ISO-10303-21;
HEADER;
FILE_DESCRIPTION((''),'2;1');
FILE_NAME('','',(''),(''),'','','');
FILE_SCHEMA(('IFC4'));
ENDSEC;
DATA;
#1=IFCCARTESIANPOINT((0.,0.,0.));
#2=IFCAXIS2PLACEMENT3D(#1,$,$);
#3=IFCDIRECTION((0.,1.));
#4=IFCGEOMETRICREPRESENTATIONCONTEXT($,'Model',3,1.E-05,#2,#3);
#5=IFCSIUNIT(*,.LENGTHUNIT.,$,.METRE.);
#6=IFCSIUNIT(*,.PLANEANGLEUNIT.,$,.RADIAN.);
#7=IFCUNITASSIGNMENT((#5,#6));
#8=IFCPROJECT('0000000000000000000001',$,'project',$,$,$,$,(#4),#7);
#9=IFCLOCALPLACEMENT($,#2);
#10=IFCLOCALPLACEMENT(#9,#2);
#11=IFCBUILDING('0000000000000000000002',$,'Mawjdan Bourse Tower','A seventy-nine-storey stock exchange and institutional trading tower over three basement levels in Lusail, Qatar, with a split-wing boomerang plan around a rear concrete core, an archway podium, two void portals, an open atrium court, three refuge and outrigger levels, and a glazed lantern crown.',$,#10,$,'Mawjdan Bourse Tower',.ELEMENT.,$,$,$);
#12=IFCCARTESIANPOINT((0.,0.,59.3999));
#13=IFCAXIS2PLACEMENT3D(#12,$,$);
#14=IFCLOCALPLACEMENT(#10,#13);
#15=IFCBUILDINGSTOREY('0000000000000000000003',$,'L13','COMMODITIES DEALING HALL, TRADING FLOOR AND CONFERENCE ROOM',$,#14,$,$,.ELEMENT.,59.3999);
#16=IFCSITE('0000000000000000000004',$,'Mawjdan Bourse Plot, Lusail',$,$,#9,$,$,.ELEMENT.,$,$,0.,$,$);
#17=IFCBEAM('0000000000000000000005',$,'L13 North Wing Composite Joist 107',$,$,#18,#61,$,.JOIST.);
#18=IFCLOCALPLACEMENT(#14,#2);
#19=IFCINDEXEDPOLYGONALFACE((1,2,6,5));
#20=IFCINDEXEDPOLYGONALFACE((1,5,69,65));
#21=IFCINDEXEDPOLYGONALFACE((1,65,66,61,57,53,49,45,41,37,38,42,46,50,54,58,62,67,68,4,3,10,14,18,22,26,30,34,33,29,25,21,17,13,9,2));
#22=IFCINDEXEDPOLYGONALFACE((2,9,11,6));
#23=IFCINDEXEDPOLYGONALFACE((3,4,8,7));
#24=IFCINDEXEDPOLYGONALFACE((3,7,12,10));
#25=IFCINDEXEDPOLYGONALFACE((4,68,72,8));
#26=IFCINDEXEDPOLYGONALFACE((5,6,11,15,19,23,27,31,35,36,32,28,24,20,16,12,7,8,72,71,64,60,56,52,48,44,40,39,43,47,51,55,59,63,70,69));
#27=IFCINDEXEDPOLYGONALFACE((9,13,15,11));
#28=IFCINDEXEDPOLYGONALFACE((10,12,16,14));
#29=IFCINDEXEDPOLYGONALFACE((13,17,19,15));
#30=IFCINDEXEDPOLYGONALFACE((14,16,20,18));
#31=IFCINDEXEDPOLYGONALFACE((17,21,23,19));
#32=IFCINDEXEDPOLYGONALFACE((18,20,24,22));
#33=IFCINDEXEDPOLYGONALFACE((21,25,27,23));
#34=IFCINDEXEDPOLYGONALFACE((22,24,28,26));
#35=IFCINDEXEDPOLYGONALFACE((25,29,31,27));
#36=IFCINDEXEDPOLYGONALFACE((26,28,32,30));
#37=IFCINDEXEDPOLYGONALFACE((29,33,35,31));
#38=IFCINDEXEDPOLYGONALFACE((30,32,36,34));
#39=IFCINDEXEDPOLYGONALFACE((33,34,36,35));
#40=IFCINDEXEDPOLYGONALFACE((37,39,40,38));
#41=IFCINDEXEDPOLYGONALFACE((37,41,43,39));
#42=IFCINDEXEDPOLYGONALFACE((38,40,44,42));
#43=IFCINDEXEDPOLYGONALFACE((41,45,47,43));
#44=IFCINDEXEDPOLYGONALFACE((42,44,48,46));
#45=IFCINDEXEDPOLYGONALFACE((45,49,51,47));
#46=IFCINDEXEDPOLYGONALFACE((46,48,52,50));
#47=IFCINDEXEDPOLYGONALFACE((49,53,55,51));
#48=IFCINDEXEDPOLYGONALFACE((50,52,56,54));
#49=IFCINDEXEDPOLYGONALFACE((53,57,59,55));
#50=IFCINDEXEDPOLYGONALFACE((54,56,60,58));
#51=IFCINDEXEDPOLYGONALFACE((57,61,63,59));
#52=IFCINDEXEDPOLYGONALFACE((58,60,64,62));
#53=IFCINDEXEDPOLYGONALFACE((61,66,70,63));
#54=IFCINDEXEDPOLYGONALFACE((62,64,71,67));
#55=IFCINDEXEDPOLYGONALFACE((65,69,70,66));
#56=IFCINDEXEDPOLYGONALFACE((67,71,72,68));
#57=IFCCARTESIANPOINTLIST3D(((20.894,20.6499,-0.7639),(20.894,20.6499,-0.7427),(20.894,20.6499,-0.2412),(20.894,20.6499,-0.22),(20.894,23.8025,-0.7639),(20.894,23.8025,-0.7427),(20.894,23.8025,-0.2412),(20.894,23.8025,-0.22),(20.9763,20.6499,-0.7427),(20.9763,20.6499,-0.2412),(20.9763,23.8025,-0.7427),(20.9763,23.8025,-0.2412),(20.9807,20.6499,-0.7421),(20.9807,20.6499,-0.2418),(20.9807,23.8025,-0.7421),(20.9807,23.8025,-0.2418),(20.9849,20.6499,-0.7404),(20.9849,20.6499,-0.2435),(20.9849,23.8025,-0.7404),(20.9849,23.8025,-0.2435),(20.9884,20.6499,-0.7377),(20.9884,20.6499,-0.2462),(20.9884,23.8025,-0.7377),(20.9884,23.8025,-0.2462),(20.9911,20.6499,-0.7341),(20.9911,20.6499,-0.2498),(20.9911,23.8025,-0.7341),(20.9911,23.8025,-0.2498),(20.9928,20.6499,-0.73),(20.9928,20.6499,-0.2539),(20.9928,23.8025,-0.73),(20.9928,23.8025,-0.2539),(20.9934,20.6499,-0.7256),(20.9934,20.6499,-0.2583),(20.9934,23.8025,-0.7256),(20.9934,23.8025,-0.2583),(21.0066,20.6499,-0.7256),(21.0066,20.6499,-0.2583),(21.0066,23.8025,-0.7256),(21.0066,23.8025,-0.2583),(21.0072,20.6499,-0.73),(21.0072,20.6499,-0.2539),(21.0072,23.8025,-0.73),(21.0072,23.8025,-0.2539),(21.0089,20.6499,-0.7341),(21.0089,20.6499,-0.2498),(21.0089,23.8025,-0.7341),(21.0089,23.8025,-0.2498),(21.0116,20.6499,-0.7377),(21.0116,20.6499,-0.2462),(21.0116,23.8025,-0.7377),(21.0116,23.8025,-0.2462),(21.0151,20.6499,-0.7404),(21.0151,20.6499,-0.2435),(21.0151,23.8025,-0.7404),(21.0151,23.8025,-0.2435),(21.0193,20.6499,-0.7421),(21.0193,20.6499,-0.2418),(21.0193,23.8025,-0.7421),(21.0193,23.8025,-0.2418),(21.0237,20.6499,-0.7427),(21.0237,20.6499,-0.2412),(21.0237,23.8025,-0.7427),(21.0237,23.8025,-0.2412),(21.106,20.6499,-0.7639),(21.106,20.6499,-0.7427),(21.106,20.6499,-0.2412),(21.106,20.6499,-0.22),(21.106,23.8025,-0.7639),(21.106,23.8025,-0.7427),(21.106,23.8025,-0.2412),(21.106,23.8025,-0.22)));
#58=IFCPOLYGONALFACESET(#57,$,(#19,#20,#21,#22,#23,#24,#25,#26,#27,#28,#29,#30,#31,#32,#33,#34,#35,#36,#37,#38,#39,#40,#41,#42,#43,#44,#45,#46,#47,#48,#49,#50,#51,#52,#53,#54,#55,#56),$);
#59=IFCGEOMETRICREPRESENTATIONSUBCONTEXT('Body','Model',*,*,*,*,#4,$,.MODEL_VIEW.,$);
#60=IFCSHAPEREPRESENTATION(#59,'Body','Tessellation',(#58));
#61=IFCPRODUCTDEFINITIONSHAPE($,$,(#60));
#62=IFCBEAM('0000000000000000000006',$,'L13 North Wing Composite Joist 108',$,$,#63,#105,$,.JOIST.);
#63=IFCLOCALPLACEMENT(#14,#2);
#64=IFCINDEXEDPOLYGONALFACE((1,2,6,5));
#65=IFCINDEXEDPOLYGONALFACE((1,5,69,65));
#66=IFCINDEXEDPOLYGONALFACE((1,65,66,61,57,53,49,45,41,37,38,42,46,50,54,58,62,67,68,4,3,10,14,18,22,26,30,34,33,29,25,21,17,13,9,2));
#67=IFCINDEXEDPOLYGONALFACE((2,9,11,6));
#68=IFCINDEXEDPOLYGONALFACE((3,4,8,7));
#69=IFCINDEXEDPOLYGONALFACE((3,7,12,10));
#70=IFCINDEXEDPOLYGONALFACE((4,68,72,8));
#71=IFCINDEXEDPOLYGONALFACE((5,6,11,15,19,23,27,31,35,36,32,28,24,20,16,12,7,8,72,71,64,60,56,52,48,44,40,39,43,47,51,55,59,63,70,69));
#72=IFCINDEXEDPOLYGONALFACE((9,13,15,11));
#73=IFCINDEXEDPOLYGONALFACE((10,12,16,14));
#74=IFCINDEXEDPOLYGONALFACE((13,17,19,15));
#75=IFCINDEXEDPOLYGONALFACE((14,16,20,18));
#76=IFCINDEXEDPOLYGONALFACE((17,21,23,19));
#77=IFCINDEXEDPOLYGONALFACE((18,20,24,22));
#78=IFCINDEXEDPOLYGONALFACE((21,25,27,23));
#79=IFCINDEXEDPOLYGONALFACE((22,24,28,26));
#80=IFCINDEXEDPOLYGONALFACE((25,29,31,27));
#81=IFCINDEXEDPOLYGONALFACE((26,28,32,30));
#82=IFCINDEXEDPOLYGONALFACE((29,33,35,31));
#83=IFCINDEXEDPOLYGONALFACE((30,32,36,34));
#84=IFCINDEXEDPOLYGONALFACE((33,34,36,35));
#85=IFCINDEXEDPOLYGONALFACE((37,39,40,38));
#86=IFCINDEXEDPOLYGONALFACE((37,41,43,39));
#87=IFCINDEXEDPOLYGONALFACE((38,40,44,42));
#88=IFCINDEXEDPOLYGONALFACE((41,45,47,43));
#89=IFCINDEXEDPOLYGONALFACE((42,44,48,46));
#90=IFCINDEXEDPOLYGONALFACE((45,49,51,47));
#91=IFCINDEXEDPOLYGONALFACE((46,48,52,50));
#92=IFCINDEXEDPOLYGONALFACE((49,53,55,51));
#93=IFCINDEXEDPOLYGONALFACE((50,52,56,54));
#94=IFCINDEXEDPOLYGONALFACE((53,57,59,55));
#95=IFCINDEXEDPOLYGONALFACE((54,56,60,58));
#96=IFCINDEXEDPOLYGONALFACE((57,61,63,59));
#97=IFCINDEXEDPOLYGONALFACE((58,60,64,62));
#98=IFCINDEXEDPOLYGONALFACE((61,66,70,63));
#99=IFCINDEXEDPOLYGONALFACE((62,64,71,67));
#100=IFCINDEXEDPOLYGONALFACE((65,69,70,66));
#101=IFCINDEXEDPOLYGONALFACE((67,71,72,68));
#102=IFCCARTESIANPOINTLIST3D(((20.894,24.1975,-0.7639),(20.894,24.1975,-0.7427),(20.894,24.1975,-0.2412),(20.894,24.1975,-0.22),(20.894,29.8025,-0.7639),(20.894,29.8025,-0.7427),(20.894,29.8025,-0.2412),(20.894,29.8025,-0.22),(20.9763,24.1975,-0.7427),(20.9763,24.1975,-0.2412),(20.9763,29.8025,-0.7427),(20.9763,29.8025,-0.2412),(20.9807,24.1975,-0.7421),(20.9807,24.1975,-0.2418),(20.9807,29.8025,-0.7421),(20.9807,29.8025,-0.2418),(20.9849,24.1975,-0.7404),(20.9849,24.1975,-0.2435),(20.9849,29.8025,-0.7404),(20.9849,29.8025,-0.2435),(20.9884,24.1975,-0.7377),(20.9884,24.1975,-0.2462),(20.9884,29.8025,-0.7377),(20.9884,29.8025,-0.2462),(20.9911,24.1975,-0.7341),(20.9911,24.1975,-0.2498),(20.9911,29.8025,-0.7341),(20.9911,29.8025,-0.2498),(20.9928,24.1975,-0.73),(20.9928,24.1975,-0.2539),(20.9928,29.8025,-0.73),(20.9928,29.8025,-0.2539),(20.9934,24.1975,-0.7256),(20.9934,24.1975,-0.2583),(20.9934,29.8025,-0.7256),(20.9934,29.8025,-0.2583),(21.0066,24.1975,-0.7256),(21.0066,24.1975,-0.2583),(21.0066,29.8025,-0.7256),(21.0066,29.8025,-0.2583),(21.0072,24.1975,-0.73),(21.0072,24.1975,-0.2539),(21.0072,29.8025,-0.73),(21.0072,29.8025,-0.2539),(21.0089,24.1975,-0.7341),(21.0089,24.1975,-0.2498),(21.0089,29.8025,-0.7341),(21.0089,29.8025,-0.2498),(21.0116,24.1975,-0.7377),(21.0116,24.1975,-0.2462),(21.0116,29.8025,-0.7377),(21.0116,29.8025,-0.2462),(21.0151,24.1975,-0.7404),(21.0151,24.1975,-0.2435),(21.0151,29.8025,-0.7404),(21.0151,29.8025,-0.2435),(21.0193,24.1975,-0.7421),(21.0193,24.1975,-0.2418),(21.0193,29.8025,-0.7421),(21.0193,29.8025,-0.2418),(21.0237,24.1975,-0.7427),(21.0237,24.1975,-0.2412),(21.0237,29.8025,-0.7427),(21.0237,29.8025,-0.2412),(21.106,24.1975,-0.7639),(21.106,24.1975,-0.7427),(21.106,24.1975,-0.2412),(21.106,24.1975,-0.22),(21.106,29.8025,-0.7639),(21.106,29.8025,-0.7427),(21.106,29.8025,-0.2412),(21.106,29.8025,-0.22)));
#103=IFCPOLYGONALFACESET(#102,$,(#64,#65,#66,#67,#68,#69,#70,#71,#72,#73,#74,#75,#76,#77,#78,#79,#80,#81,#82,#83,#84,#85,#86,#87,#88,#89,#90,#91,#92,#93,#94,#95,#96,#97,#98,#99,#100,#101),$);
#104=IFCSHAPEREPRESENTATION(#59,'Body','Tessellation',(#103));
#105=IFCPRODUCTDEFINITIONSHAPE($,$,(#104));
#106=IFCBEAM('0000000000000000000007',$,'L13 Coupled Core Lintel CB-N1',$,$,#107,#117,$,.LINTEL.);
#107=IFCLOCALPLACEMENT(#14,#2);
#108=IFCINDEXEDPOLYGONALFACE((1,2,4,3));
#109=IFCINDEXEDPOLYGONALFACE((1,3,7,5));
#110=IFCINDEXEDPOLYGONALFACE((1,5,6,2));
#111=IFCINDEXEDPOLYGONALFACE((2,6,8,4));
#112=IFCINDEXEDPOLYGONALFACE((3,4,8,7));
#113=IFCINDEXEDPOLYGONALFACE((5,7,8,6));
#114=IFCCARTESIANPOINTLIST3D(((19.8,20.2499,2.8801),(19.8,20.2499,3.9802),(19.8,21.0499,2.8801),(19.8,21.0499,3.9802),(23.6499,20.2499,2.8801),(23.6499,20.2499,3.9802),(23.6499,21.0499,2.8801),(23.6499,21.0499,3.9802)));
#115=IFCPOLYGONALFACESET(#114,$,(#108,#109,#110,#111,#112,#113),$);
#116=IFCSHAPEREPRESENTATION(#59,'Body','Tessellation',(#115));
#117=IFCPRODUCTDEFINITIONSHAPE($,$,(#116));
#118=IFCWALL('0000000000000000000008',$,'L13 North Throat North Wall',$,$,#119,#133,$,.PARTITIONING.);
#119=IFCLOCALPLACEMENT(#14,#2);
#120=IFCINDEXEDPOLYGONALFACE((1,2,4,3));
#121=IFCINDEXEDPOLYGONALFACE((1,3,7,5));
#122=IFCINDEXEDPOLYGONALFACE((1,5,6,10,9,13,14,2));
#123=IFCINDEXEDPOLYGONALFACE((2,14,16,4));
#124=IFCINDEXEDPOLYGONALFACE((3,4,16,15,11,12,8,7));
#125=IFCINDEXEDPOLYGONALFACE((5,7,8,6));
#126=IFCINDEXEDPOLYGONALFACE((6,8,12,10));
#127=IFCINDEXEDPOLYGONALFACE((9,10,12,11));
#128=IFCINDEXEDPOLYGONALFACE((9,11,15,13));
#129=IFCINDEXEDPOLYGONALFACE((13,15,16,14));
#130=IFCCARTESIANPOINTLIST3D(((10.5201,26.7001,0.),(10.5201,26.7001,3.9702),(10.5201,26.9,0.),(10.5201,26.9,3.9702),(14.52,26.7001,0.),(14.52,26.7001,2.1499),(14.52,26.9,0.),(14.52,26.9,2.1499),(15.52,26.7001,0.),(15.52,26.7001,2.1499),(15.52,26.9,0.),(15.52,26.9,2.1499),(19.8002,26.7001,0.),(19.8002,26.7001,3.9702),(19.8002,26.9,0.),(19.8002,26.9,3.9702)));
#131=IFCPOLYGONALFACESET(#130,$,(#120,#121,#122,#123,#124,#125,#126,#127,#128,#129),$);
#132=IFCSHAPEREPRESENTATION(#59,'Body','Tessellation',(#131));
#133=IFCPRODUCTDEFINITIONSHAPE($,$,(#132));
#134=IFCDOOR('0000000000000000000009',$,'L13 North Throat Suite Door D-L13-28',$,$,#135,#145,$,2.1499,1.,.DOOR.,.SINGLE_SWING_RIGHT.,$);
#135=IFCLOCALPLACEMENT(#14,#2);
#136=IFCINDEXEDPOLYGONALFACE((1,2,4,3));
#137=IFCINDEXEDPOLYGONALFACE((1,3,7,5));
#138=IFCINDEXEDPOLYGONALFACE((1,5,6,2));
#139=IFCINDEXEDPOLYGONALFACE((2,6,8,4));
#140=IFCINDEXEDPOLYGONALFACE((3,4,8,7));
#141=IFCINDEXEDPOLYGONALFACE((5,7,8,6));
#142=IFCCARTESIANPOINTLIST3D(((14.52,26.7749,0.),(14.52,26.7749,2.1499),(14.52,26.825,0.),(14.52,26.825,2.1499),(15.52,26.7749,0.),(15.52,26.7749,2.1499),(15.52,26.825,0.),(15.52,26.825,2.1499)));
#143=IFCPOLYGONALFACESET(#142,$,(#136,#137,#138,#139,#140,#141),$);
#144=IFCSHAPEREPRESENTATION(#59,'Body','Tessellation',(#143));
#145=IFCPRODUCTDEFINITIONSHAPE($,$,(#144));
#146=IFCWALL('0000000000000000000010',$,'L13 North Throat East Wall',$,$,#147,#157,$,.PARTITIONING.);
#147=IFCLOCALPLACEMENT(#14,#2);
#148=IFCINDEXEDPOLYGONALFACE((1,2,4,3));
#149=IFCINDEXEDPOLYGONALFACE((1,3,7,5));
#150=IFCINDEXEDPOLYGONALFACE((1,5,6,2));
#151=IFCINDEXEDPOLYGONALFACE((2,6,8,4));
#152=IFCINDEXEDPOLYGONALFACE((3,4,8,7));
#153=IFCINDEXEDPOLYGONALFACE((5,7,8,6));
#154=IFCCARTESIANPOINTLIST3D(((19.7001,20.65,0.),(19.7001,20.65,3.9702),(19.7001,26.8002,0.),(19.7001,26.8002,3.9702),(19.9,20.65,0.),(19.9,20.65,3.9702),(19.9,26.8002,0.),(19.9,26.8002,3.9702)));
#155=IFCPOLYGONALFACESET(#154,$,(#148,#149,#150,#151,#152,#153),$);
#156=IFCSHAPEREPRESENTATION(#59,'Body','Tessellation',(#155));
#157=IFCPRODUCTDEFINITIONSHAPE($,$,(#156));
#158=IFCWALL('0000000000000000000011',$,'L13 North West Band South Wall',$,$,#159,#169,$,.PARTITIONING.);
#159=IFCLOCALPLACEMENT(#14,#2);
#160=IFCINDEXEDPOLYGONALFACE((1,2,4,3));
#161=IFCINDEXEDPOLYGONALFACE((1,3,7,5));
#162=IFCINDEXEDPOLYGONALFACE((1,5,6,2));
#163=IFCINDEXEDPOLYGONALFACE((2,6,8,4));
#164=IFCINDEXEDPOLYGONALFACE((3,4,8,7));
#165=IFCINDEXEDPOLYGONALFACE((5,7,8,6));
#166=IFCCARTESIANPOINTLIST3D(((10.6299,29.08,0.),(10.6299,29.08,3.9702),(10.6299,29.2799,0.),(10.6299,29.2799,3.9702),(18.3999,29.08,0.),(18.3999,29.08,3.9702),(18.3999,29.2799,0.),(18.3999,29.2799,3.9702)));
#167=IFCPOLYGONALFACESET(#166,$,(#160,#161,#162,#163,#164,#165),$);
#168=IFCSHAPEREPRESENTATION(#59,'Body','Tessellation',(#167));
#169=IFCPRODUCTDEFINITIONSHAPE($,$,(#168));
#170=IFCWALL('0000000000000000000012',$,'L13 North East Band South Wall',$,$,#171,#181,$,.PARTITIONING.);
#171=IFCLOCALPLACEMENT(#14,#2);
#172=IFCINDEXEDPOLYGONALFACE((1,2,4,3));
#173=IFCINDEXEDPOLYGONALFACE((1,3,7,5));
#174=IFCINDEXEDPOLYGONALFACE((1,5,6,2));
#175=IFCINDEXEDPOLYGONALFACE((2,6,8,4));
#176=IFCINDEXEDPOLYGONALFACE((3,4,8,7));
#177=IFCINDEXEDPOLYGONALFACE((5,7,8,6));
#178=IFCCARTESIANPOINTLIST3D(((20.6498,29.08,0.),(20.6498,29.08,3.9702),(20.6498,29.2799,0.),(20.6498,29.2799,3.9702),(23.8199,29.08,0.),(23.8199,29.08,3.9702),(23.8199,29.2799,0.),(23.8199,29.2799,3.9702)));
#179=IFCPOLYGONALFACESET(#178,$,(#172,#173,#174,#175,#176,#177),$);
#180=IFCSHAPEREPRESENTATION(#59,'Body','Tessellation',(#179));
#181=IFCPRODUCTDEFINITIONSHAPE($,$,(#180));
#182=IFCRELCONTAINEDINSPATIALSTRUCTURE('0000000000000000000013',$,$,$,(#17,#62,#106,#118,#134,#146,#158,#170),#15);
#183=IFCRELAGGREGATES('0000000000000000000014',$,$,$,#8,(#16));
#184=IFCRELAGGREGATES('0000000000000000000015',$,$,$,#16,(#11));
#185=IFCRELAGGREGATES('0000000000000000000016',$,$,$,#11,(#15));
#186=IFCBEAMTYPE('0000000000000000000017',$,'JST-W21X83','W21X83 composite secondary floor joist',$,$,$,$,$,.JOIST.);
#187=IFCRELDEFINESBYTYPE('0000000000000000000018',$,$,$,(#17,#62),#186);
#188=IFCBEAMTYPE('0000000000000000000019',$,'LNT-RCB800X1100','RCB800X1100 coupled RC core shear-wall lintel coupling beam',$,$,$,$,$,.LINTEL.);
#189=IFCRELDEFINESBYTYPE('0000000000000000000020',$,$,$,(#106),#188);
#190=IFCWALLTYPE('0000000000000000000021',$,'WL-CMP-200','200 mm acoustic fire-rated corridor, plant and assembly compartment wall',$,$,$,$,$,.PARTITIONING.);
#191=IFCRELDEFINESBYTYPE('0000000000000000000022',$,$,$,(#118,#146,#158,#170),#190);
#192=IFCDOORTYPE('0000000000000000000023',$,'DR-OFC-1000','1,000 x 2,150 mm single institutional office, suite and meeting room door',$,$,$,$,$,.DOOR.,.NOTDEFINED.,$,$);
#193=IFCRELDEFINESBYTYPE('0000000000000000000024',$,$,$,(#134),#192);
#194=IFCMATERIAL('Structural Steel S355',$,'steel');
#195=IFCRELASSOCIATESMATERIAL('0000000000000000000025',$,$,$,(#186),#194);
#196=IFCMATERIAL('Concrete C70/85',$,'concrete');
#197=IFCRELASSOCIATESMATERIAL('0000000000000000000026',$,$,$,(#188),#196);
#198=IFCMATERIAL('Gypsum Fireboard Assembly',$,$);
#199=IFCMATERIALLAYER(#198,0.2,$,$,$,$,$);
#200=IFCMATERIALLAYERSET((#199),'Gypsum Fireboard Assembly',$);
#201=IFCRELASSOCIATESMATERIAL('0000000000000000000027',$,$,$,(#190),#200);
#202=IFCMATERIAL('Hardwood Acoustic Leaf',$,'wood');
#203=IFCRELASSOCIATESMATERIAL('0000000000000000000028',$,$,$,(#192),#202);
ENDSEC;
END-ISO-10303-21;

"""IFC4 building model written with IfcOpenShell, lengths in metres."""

from ifc_helpers import new_model, si_unit, direction, frame, frame_2d, origin, origin_2d, place, context, subcontext, project, spatial, rectangle, i_section, extrude, material, layer, layer_set, material_profile, profile_set, type_object, element, fill, save


model = new_model("IFC4")

# Units and contexts
model_context = context("Model", 3, precision=1e-05, world=origin(), true_north=direction((0.0, 1.0)))
body_context = subcontext(model_context, "Body", "Model", "MODEL_VIEW")
ifc_project = project(units=[si_unit("LENGTHUNIT", "METRE"), si_unit("PLANEANGLEUNIT", "RADIAN")], contexts=[model_context])

# Site, building, storey
site_placement = place(None, origin())
site = spatial("IfcSite", under=ifc_project, at=site_placement, Name="Mawjdan Bourse Plot, Lusail", CompositionType="ELEMENT", RefElevation=0.0)
building_placement = place(site_placement, origin())
building = spatial("IfcBuilding", under=site, at=building_placement, Name="Mawjdan Bourse Tower", Description="A seventy-nine-storey stock exchange and institutional trading tower over three basement levels in Lusail, Qatar, with a split-wing boomerang plan around a rear concrete core, an archway podium, two void portals, an open atrium court, three refuge and outrigger levels, and a glazed lantern crown.", LongName="Mawjdan Bourse Tower", CompositionType="ELEMENT")
storey_placement = place(building_placement, frame((0.0, 0.0, 59.3999)))
storey = spatial("IfcBuildingStorey", under=building, at=storey_placement, Name="L13", Description="COMMODITIES DEALING HALL, TRADING FLOOR AND CONFERENCE ROOM", CompositionType="ELEMENT", Elevation=59.3999)

# Beams
ifc_material_1 = material(Name="Structural Steel S355", Category="steel")
ifc_material_profile_1 = material_profile(ifc_material_1, i_section(OverallWidth=0.2119, OverallDepth=0.5439, WebThickness=0.0132, FlangeThickness=0.0212, FilletRadius=0.0171, at=origin_2d()), Name="W21X83")
ifc_profile_set_1 = profile_set([ifc_material_profile_1], Name="Structural Steel S355")
beam_type_1 = type_object("IfcBeamType", Name="JST-W21X83", Description="W21X83 composite secondary floor joist", PredefinedType="JOIST", material=ifc_profile_set_1)
beam_1_placement = place(storey_placement, frame((21.0, 20.6499, -0.4919), z_axis=(0.0, 1.0, 0.0), x_axis=(-1.0, 0.0, 0.0)))
element("IfcBeam", 1, at=beam_1_placement, inside=storey, type_object=beam_type_1, Name="L13 North Wing Composite Joist 107", PredefinedType="JOIST", context=body_context, shape_type="SweptSolid", body=[
    extrude(i_section(OverallWidth=0.2119, OverallDepth=0.5439, WebThickness=0.0132, FlangeThickness=0.0212, FilletRadius=0.0171, at=origin_2d()), origin(), (0.0, 0.0, 1.0), 3.1526),
])
beam_2_placement = place(storey_placement, frame((21.0, 24.1975, -0.4919), z_axis=(0.0, 1.0, 0.0), x_axis=(-1.0, 0.0, 0.0)))
element("IfcBeam", 2, at=beam_2_placement, inside=storey, type_object=beam_type_1, Name="L13 North Wing Composite Joist 108", PredefinedType="JOIST", context=body_context, shape_type="SweptSolid", body=[
    extrude(i_section(OverallWidth=0.2119, OverallDepth=0.5439, WebThickness=0.0132, FlangeThickness=0.0212, FilletRadius=0.0171, at=origin_2d()), origin(), (0.0, 0.0, 1.0), 5.605),
])
ifc_material_2 = material(Name="Concrete C70/85", Category="concrete")
ifc_material_profile_2 = material_profile(ifc_material_2, rectangle(XDim=0.8, YDim=1.1001, at=origin_2d()), Name="RCB800X1100")
ifc_profile_set_2 = profile_set([ifc_material_profile_2], Name="Concrete C70/85")
beam_type_2 = type_object("IfcBeamType", Name="LNT-RCB800X1100", Description="RCB800X1100 coupled RC core shear-wall lintel coupling beam", PredefinedType="LINTEL", material=ifc_profile_set_2)
beam_3_placement = place(storey_placement, frame((19.8, 20.6499, 3.4302), z_axis=(1.0, 0.0, 0.0), x_axis=(0.0, 1.0, 0.0)))
element("IfcBeam", 3, at=beam_3_placement, inside=storey, type_object=beam_type_2, Name="L13 Coupled Core Lintel CB-N1", PredefinedType="LINTEL", context=body_context, shape_type="SweptSolid", body=[
    extrude(rectangle(XDim=0.8, YDim=1.1001, at=origin_2d()), origin(), (0.0, 0.0, 1.0), 3.8499),
])

# Wall, opening, door
ifc_material_3 = material(Name="Gypsum Fireboard Assembly")
ifc_layer = layer(ifc_material_3, 0.2)
ifc_layer_set = layer_set([ifc_layer], Name="Gypsum Fireboard Assembly")
wall_type = type_object("IfcWallType", Name="WL-CMP-200", Description="200 mm acoustic fire-rated corridor, plant and assembly compartment wall", PredefinedType="PARTITIONING", material=ifc_layer_set)
wall_1_placement = place(storey_placement, frame((10.52, 26.8, 0.0), z_axis=(0.0, 0.0, 1.0), x_axis=(1.0, 0.0, 0.0)))
wall_1 = element("IfcWall", 4, at=wall_1_placement, inside=storey, type_object=wall_type, Name="L13 North Throat North Wall", PredefinedType="PARTITIONING", context=body_context, shape_type="SweptSolid", body=[
    extrude(rectangle(XDim=9.28, YDim=0.2, at=frame_2d((4.6401, 0.0))), origin(), (0.0, 0.0, 1.0), 3.9702),
])
opening_1_placement = place(wall_1_placement, frame((4.0, 0.0, 0.0)))
opening_1 = element("IfcOpeningElement", 5, at=opening_1_placement, cuts=wall_1, PredefinedType="OPENING", context=body_context, shape_type="SweptSolid", body=[
    extrude(rectangle(XDim=1.0, YDim=2.1499, at=frame_2d((0.5, 1.075))), frame((0.0, 0.1099, 0.0), z_axis=(0.0, -1.0, 0.0), x_axis=(1.0, 0.0, 0.0)), (0.0, 0.0, 1.0), 0.22),
])
ifc_material_4 = material(Name="Hardwood Acoustic Leaf", Category="wood")
door_type = type_object("IfcDoorType", Name="DR-OFC-1000", Description="1,000 x 2,150 mm single institutional office, suite and meeting room door", OperationType="NOTDEFINED", PredefinedType="DOOR", material=ifc_material_4)
door_1_placement = place(opening_1_placement, origin())
door_1 = element("IfcDoor", 6, at=door_1_placement, inside=storey, type_object=door_type, Name="L13 North Throat Suite Door D-L13-28", OperationType="SINGLE_SWING_RIGHT", OverallHeight=2.1499, OverallWidth=1.0, PredefinedType="DOOR", context=body_context, shape_type="SweptSolid", body=[
    extrude(rectangle(XDim=1.0, YDim=2.1499, at=frame_2d((0.5, 1.075))), frame((0.0, 0.0249, 0.0), z_axis=(0.0, -1.0, 0.0), x_axis=(1.0, 0.0, 0.0)), (0.0, 0.0, 1.0), 0.05),
])
fill(opening_1, door_1)

# Walls
wall_2_placement = place(storey_placement, frame((19.8, 20.6499, 0.0), z_axis=(0.0, 0.0, 1.0), x_axis=(0.0, 1.0, 0.0)))
element("IfcWall", 7, at=wall_2_placement, inside=storey, type_object=wall_type, Name="L13 North Throat East Wall", PredefinedType="PARTITIONING", context=body_context, shape_type="SweptSolid", body=[
    extrude(rectangle(XDim=6.1501, YDim=0.2, at=frame_2d((3.0752, 0.0))), origin(), (0.0, 0.0, 1.0), 3.9702),
])
wall_3_placement = place(storey_placement, frame((10.6299, 29.1799, 0.0), z_axis=(0.0, 0.0, 1.0), x_axis=(1.0, 0.0, 0.0)))
element("IfcWall", 8, at=wall_3_placement, inside=storey, type_object=wall_type, Name="L13 North West Band South Wall", PredefinedType="PARTITIONING", context=body_context, shape_type="SweptSolid", body=[
    extrude(rectangle(XDim=7.77, YDim=0.2, at=frame_2d((3.885, 0.0))), origin(), (0.0, 0.0, 1.0), 3.9702),
])
wall_4_placement = place(storey_placement, frame((20.6499, 29.1799, 0.0), z_axis=(0.0, 0.0, 1.0), x_axis=(1.0, 0.0, 0.0)))
element("IfcWall", 9, at=wall_4_placement, inside=storey, type_object=wall_type, Name="L13 North East Band South Wall", PredefinedType="PARTITIONING", context=body_context, shape_type="SweptSolid", body=[
    extrude(rectangle(XDim=3.1702, YDim=0.2, at=frame_2d((1.585, 0.0))), origin(), (0.0, 0.0, 1.0), 3.9702),
])

save(model, "model.ifc")
